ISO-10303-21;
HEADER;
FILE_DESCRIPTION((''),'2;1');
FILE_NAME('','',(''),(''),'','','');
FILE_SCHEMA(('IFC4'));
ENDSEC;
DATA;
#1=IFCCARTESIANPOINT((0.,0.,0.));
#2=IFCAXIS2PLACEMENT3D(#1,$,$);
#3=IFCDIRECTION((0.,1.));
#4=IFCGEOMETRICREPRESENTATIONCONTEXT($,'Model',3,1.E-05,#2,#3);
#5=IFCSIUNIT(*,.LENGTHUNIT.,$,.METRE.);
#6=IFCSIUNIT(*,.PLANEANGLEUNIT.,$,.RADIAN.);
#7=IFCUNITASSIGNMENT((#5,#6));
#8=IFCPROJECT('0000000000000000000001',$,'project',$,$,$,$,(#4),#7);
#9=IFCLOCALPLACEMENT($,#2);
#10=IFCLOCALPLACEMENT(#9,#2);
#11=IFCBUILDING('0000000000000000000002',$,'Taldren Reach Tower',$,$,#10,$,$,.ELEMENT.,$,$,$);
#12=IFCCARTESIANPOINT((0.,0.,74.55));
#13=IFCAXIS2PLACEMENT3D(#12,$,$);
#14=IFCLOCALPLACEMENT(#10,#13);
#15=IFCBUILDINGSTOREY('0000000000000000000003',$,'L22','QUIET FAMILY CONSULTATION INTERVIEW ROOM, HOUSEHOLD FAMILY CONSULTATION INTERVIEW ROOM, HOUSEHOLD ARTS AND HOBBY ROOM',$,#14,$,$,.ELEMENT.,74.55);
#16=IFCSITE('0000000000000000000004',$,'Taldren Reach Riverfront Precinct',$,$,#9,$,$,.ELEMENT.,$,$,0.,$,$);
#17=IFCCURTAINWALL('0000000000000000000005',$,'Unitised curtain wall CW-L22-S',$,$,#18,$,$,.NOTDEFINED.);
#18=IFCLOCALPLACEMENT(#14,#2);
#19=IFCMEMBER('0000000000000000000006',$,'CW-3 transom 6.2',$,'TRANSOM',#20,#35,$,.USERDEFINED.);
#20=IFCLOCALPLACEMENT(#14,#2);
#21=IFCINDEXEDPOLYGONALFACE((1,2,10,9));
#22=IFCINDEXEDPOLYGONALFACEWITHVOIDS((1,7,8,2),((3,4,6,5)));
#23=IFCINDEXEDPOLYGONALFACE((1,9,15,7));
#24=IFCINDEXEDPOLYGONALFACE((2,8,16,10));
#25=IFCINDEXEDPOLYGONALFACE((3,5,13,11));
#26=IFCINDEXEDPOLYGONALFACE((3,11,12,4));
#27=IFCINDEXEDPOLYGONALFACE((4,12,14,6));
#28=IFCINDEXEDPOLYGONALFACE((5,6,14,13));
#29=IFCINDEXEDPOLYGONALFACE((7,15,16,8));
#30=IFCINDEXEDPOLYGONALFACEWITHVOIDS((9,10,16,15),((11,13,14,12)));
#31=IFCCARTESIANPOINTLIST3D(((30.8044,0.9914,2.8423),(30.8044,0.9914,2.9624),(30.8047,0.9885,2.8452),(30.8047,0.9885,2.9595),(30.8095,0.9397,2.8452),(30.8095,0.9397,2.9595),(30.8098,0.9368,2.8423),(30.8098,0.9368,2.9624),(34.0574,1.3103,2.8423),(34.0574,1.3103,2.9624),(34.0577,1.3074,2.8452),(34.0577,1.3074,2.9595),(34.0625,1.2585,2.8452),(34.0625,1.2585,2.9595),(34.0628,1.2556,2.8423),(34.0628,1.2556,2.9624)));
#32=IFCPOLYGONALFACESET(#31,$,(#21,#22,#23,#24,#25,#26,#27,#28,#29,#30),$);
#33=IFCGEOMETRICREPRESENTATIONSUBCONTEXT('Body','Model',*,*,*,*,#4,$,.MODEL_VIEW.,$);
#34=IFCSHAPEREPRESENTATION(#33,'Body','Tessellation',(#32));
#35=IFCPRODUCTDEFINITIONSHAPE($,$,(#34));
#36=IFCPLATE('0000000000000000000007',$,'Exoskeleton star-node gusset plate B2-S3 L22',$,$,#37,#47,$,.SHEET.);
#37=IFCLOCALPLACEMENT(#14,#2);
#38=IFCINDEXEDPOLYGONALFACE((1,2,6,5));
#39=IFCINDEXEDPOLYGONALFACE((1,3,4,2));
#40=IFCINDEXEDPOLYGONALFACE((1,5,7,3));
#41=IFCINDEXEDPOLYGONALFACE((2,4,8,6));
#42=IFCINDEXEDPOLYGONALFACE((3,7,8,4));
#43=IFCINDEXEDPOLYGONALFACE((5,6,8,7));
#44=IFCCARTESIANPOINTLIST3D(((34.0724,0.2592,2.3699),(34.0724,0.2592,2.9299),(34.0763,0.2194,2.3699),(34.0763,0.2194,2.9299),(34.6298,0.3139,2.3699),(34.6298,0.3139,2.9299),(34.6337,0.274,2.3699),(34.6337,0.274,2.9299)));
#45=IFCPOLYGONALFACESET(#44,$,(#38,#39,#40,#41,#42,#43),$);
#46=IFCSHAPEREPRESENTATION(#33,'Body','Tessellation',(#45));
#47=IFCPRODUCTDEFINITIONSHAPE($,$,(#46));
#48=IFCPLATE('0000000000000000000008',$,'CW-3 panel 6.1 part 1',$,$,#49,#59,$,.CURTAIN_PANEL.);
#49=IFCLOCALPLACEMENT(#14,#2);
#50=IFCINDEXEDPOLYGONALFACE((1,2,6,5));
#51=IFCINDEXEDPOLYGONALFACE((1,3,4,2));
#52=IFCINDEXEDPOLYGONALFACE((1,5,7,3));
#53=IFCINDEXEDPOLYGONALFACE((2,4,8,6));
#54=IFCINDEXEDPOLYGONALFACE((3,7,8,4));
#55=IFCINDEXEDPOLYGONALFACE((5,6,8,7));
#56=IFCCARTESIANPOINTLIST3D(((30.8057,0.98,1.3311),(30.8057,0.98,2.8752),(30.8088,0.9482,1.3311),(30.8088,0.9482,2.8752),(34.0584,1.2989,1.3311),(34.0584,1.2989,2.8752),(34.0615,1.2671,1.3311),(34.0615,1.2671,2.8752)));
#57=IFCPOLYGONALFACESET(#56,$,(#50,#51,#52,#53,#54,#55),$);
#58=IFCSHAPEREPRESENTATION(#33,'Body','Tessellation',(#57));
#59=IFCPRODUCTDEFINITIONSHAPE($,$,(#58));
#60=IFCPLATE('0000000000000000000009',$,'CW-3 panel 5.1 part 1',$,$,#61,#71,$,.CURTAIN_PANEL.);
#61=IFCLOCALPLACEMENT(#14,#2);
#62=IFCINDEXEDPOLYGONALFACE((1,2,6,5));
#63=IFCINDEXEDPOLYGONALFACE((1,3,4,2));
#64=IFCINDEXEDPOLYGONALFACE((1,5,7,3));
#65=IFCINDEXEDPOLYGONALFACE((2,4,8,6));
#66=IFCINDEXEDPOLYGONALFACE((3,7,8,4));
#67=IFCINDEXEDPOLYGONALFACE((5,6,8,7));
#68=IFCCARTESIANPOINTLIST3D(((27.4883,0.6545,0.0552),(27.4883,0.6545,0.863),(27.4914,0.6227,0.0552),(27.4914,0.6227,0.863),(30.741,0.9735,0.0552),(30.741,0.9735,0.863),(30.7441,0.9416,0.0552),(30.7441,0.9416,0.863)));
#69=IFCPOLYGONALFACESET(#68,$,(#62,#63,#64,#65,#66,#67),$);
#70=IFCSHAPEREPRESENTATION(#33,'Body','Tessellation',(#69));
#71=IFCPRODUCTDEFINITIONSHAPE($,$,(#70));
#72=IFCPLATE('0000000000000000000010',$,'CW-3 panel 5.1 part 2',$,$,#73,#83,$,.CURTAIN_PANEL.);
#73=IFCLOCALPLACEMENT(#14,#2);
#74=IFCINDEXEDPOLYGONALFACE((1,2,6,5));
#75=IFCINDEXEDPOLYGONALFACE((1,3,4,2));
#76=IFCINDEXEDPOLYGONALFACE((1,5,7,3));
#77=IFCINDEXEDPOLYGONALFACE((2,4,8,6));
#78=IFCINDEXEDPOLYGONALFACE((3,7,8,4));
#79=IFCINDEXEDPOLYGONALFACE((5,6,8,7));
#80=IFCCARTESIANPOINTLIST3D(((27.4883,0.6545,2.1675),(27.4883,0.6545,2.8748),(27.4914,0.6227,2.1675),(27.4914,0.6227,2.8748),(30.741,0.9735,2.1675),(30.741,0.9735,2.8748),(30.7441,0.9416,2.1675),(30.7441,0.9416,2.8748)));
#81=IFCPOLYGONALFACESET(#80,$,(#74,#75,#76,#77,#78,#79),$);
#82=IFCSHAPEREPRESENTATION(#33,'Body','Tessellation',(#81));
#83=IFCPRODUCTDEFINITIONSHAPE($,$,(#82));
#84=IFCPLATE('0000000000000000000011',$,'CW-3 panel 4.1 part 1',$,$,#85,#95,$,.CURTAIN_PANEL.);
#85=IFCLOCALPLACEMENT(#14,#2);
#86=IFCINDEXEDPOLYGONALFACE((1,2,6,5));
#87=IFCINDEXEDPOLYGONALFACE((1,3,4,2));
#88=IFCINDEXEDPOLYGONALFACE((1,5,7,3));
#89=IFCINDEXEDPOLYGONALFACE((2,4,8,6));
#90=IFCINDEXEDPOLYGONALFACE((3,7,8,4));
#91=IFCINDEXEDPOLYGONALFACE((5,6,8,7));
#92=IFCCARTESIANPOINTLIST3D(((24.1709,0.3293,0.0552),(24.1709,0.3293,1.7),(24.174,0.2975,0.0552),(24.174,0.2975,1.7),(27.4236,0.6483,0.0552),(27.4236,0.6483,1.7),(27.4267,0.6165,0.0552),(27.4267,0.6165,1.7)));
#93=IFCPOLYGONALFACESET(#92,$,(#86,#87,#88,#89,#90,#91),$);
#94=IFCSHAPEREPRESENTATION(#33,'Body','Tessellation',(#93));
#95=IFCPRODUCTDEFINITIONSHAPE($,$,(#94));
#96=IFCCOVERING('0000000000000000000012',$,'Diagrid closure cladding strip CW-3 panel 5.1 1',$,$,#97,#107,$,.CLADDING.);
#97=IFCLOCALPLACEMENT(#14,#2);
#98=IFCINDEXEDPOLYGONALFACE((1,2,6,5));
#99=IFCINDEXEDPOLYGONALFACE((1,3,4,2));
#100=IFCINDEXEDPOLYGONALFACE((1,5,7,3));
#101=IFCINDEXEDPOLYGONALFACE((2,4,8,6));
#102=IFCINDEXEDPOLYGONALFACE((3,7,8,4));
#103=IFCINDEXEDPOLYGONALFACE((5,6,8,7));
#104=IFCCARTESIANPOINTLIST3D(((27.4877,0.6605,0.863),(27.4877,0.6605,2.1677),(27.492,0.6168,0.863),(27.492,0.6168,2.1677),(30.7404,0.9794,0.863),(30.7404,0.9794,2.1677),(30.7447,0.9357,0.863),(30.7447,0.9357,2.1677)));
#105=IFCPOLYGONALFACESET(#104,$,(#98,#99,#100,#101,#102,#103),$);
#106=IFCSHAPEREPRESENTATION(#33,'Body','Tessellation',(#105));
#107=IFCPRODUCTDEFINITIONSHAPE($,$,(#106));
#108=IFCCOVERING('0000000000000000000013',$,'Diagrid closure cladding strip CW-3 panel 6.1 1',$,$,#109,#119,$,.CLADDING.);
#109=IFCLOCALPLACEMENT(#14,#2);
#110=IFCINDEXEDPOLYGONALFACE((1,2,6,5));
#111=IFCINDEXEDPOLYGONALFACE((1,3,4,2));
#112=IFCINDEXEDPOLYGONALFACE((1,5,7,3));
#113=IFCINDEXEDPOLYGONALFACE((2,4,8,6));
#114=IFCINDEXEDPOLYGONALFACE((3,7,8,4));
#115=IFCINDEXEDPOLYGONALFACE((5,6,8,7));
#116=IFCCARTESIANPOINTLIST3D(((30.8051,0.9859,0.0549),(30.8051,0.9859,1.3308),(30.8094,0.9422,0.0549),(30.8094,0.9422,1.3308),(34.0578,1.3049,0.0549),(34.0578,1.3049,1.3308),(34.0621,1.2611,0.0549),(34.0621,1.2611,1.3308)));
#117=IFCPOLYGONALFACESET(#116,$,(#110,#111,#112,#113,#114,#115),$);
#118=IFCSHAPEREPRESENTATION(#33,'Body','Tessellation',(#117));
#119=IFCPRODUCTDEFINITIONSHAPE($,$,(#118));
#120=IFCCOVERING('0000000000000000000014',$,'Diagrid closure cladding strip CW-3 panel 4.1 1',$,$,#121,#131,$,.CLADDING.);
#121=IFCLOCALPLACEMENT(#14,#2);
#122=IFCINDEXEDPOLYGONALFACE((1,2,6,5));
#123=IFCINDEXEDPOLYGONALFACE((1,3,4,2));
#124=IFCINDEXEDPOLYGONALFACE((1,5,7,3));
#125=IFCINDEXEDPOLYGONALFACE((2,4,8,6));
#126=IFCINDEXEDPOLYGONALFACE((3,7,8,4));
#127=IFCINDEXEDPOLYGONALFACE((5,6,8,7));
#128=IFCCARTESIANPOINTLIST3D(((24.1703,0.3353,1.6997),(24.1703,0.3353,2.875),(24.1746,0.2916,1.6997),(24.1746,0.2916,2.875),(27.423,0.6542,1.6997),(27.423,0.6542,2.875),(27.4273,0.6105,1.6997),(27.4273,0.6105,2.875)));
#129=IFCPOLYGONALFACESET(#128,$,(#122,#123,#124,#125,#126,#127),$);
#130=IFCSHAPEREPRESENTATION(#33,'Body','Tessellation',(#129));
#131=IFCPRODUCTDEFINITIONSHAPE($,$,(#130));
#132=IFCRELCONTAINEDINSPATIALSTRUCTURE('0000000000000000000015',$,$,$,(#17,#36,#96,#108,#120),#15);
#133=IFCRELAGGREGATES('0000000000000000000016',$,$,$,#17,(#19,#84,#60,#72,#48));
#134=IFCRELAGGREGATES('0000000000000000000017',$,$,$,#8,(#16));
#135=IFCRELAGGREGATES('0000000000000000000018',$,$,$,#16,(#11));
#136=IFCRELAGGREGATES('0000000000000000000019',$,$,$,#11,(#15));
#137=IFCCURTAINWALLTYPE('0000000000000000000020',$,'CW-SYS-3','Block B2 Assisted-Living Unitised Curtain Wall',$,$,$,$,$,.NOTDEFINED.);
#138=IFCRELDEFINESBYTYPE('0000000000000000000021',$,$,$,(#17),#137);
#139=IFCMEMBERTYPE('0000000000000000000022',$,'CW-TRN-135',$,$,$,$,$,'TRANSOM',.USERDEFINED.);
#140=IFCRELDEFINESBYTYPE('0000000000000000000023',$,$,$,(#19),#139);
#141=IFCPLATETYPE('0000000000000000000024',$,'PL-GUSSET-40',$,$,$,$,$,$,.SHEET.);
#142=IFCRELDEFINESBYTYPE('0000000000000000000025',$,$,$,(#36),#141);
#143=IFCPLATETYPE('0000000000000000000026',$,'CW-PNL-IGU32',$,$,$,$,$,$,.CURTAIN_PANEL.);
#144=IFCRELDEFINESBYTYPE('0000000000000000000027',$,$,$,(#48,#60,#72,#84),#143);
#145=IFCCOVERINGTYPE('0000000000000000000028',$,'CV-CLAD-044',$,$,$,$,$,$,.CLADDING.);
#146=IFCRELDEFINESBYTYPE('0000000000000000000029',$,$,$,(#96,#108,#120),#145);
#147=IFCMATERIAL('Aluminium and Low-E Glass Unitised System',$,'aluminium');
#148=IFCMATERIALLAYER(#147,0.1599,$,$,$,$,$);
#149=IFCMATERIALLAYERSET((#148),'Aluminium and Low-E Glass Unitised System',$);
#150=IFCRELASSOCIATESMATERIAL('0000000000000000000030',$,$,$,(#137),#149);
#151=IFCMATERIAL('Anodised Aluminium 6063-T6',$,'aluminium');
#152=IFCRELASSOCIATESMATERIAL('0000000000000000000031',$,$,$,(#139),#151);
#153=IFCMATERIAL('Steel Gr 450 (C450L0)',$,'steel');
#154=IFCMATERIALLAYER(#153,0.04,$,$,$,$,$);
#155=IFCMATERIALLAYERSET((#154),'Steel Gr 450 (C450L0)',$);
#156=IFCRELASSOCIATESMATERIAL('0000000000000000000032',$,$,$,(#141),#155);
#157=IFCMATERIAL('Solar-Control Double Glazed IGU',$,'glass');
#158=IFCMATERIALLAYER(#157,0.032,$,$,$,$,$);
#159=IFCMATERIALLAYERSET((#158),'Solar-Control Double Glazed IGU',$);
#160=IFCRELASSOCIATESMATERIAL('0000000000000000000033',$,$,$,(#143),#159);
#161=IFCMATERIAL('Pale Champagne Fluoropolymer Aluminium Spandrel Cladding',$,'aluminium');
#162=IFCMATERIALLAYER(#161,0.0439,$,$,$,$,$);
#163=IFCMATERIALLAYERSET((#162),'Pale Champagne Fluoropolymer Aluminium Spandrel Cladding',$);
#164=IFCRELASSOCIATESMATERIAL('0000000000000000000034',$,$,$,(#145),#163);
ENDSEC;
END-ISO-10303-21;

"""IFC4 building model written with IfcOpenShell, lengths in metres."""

from ifc_helpers import new_model, si_unit, direction, frame, origin, origin_2d, place, context, subcontext, project, spatial, rectangle, hollow_rectangle, extrude, source, transform, mapped, material, layer, layer_set, material_profile, profile_set, type_object, element, aggregate, save


model = new_model("IFC4")

# Units and contexts
model_context = context("Model", 3, precision=1e-05, world=origin(), true_north=direction((0.0, 1.0)))
body_context = subcontext(model_context, "Body", "Model", "MODEL_VIEW")
ifc_project = project(units=[si_unit("LENGTHUNIT", "METRE"), si_unit("PLANEANGLEUNIT", "RADIAN")], contexts=[model_context])

# Site, building, storey
site_placement = place(None, origin())
site = spatial("IfcSite", under=ifc_project, at=site_placement, Name="Taldren Reach Riverfront Precinct", CompositionType="ELEMENT", RefElevation=0.0)
building_placement = place(site_placement, origin())
building = spatial("IfcBuilding", under=site, at=building_placement, Name="Taldren Reach Tower", CompositionType="ELEMENT")
storey_placement = place(building_placement, frame((0.0, 0.0, 74.55)))
storey = spatial("IfcBuildingStorey", under=building, at=storey_placement, Name="L22", Description="QUIET FAMILY CONSULTATION INTERVIEW ROOM, HOUSEHOLD FAMILY CONSULTATION INTERVIEW ROOM, HOUSEHOLD ARTS AND HOBBY ROOM", CompositionType="ELEMENT", Elevation=74.55)

# Shared definitions
ifc_material_1 = material(Name="Steel Gr 450 (C450L0)", Category="steel")

# Curtain wall, member
ifc_material_2 = material(Name="Aluminium and Low-E Glass Unitised System", Category="aluminium")
ifc_layer_1 = layer(ifc_material_2, 0.1599)
ifc_layer_set_1 = layer_set([ifc_layer_1], Name="Aluminium and Low-E Glass Unitised System")
curtain_wall_type = type_object("IfcCurtainWallType", Name="CW-SYS-3", Description="Block B2 Assisted-Living Unitised Curtain Wall", PredefinedType="NOTDEFINED", material=ifc_layer_set_1)
curtain_wall_placement = place(storey_placement, origin())
curtain_wall = element("IfcCurtainWall", 1, at=curtain_wall_placement, inside=storey, type_object=curtain_wall_type, Name="Unitised curtain wall CW-L22-S", PredefinedType="NOTDEFINED")
ifc_material_3 = material(Name="Anodised Aluminium 6063-T6", Category="aluminium")
ifc_material_profile_1 = material_profile(ifc_material_3, hollow_rectangle(XDim=0.0549, YDim=0.1201, WallThickness=0.0029, at=origin_2d()), Name="ALU-120x55x3RHS")
ifc_profile_set_1 = profile_set([ifc_material_profile_1], Name="Anodised Aluminium 6063-T6")
member_type_1 = type_object("IfcMemberType", Name="CW-TRN-135", ElementType="TRANSOM", PredefinedType="USERDEFINED", material=ifc_profile_set_1)
shared_shape_1 = source(origin(), body_context, "Body", "SweptSolid", [
    extrude(hollow_rectangle(XDim=0.0549, YDim=0.1201, WallThickness=0.0029, at=origin_2d()), origin(), (0.0, 0.0, 1.0), 3.2686),
])
member_1_placement = place(storey_placement, frame((30.8071, 0.9641, 2.9023), z_axis=(0.995231, 0.097551, 0.0), x_axis=(-0.097551, 0.995231, 0.0)))
member_1 = element("IfcMember", 2, at=member_1_placement, type_object=member_type_1, Name="CW-3 transom 6.2", ObjectType="TRANSOM", PredefinedType="USERDEFINED", context=body_context, shape_type="MappedRepresentation", body=[
    mapped(shared_shape_1, transform((0.0, 0.0, 0.0), scale=1.0)),
])

# Plates
ifc_layer_2 = layer(ifc_material_1, 0.04)
ifc_layer_set_2 = layer_set([ifc_layer_2], Name="Steel Gr 450 (C450L0)")
plate_type_1 = type_object("IfcPlateType", Name="PL-GUSSET-40", PredefinedType="SHEET", material=ifc_layer_set_2)
shared_shape_2 = source(origin(), body_context, "Body", "SweptSolid", [
    extrude(rectangle(XDim=0.5601, YDim=0.04, at=origin_2d()), origin(), (0.0, 0.0, 1.0), 0.5601),
])
plate_1_placement = place(storey_placement, frame((34.353, 0.2666, 2.3699), z_axis=(0.0, 0.0, 1.0), x_axis=(0.995227, 0.097583, 0.0)))
element("IfcPlate", 3, at=plate_1_placement, inside=storey, type_object=plate_type_1, Name="Exoskeleton star-node gusset plate B2-S3 L22", PredefinedType="SHEET", context=body_context, shape_type="MappedRepresentation", body=[
    mapped(shared_shape_2, transform((0.0, 0.0, 0.0), scale=1.0)),
])
ifc_material_4 = material(Name="Solar-Control Double Glazed IGU", Category="glass")
ifc_layer_3 = layer(ifc_material_4, 0.032)
ifc_layer_set_3 = layer_set([ifc_layer_3], Name="Solar-Control Double Glazed IGU")
plate_type_2 = type_object("IfcPlateType", Name="CW-PNL-IGU32", PredefinedType="CURTAIN_PANEL", material=ifc_layer_set_3)
shared_shape_3 = source(origin(), body_context, "Body", "SweptSolid", [
    extrude(rectangle(XDim=3.2683, YDim=0.032, at=origin_2d()), origin(), (0.0, 0.0, 1.0), 1.5442),
])
plate_2_placement = place(storey_placement, frame((32.4336, 1.1235, 1.3311), z_axis=(0.0, 0.0, 1.0), x_axis=(0.995227, 0.097583, 0.0)))
plate_2 = element("IfcPlate", 4, at=plate_2_placement, type_object=plate_type_2, Name="CW-3 panel 6.1 part 1", PredefinedType="CURTAIN_PANEL", context=body_context, shape_type="MappedRepresentation", body=[
    mapped(shared_shape_3, transform((0.0, 0.0, 0.0), scale=1.0)),
])
shared_shape_4 = source(origin(), body_context, "Body", "SweptSolid", [
    extrude(rectangle(XDim=3.2683, YDim=0.032, at=origin_2d()), origin(), (0.0, 0.0, 1.0), 0.8079),
])
plate_3_placement = place(storey_placement, frame((29.1162, 0.7981, 0.0552), z_axis=(0.0, 0.0, 1.0), x_axis=(0.995227, 0.097583, 0.0)))
plate_3 = element("IfcPlate", 5, at=plate_3_placement, type_object=plate_type_2, Name="CW-3 panel 5.1 part 1", PredefinedType="CURTAIN_PANEL", context=body_context, shape_type="MappedRepresentation", body=[
    mapped(shared_shape_4, transform((0.0, 0.0, 0.0), scale=1.0)),
])
shared_shape_5 = source(origin(), body_context, "Body", "SweptSolid", [
    extrude(rectangle(XDim=3.2683, YDim=0.032, at=origin_2d()), origin(), (0.0, 0.0, 1.0), 0.7073),
])
plate_4_placement = place(storey_placement, frame((29.1162, 0.7981, 2.1675), z_axis=(0.0, 0.0, 1.0), x_axis=(0.995227, 0.097583, 0.0)))
plate_4 = element("IfcPlate", 6, at=plate_4_placement, type_object=plate_type_2, Name="CW-3 panel 5.1 part 2", PredefinedType="CURTAIN_PANEL", context=body_context, shape_type="MappedRepresentation", body=[
    mapped(shared_shape_5, transform((0.0, 0.0, 0.0), scale=1.0)),
])
shared_shape_6 = source(origin(), body_context, "Body", "SweptSolid", [
    extrude(rectangle(XDim=3.2683, YDim=0.032, at=origin_2d()), origin(), (0.0, 0.0, 1.0), 1.6448),
])
plate_5_placement = place(storey_placement, frame((25.7988, 0.4729, 0.0552), z_axis=(0.0, 0.0, 1.0), x_axis=(0.995227, 0.097583, 0.0)))
plate_5 = element("IfcPlate", 7, at=plate_5_placement, type_object=plate_type_2, Name="CW-3 panel 4.1 part 1", PredefinedType="CURTAIN_PANEL", context=body_context, shape_type="MappedRepresentation", body=[
    mapped(shared_shape_6, transform((0.0, 0.0, 0.0), scale=1.0)),
])
aggregate(curtain_wall, [member_1, plate_5, plate_3, plate_4, plate_2])

# Coverings
ifc_material_5 = material(Name="Pale Champagne Fluoropolymer Aluminium Spandrel Cladding", Category="aluminium")
ifc_layer_4 = layer(ifc_material_5, 0.0439)
ifc_layer_set_4 = layer_set([ifc_layer_4], Name="Pale Champagne Fluoropolymer Aluminium Spandrel Cladding")
covering_type = type_object("IfcCoveringType", Name="CV-CLAD-044", PredefinedType="CLADDING", material=ifc_layer_set_4)
shared_shape_7 = source(origin(), body_context, "Body", "SweptSolid", [
    extrude(rectangle(XDim=3.2683, YDim=0.0439, at=origin_2d()), origin(), (0.0, 0.0, 1.0), 1.3047),
])
covering_1_placement = place(storey_placement, frame((29.1162, 0.7981, 0.863), z_axis=(0.0, 0.0, 1.0), x_axis=(0.995227, 0.097583, 0.0)))
element("IfcCovering", 8, at=covering_1_placement, inside=storey, type_object=covering_type, Name="Diagrid closure cladding strip CW-3 panel 5.1 1", PredefinedType="CLADDING", context=body_context, shape_type="MappedRepresentation", body=[
    mapped(shared_shape_7, transform((0.0, 0.0, 0.0), scale=1.0)),
])
shared_shape_8 = source(origin(), body_context, "Body", "SweptSolid", [
    extrude(rectangle(XDim=3.2683, YDim=0.0439, at=origin_2d()), origin(), (0.0, 0.0, 1.0), 1.2759),
])
covering_2_placement = place(storey_placement, frame((32.4336, 1.1235, 0.0549), z_axis=(0.0, 0.0, 1.0), x_axis=(0.995227, 0.097583, 0.0)))
element("IfcCovering", 9, at=covering_2_placement, inside=storey, type_object=covering_type, Name="Diagrid closure cladding strip CW-3 panel 6.1 1", PredefinedType="CLADDING", context=body_context, shape_type="MappedRepresentation", body=[
    mapped(shared_shape_8, transform((0.0, 0.0, 0.0), scale=1.0)),
])
shared_shape_9 = source(origin(), body_context, "Body", "SweptSolid", [
    extrude(rectangle(XDim=3.2683, YDim=0.0439, at=origin_2d()), origin(), (0.0, 0.0, 1.0), 1.1753),
])
covering_3_placement = place(storey_placement, frame((25.7988, 0.4729, 1.6997), z_axis=(0.0, 0.0, 1.0), x_axis=(0.995227, 0.097583, 0.0)))
element("IfcCovering", 10, at=covering_3_placement, inside=storey, type_object=covering_type, Name="Diagrid closure cladding strip CW-3 panel 4.1 1", PredefinedType="CLADDING", context=body_context, shape_type="MappedRepresentation", body=[
    mapped(shared_shape_9, transform((0.0, 0.0, 0.0), scale=1.0)),
])

save(model, "model.ifc")
